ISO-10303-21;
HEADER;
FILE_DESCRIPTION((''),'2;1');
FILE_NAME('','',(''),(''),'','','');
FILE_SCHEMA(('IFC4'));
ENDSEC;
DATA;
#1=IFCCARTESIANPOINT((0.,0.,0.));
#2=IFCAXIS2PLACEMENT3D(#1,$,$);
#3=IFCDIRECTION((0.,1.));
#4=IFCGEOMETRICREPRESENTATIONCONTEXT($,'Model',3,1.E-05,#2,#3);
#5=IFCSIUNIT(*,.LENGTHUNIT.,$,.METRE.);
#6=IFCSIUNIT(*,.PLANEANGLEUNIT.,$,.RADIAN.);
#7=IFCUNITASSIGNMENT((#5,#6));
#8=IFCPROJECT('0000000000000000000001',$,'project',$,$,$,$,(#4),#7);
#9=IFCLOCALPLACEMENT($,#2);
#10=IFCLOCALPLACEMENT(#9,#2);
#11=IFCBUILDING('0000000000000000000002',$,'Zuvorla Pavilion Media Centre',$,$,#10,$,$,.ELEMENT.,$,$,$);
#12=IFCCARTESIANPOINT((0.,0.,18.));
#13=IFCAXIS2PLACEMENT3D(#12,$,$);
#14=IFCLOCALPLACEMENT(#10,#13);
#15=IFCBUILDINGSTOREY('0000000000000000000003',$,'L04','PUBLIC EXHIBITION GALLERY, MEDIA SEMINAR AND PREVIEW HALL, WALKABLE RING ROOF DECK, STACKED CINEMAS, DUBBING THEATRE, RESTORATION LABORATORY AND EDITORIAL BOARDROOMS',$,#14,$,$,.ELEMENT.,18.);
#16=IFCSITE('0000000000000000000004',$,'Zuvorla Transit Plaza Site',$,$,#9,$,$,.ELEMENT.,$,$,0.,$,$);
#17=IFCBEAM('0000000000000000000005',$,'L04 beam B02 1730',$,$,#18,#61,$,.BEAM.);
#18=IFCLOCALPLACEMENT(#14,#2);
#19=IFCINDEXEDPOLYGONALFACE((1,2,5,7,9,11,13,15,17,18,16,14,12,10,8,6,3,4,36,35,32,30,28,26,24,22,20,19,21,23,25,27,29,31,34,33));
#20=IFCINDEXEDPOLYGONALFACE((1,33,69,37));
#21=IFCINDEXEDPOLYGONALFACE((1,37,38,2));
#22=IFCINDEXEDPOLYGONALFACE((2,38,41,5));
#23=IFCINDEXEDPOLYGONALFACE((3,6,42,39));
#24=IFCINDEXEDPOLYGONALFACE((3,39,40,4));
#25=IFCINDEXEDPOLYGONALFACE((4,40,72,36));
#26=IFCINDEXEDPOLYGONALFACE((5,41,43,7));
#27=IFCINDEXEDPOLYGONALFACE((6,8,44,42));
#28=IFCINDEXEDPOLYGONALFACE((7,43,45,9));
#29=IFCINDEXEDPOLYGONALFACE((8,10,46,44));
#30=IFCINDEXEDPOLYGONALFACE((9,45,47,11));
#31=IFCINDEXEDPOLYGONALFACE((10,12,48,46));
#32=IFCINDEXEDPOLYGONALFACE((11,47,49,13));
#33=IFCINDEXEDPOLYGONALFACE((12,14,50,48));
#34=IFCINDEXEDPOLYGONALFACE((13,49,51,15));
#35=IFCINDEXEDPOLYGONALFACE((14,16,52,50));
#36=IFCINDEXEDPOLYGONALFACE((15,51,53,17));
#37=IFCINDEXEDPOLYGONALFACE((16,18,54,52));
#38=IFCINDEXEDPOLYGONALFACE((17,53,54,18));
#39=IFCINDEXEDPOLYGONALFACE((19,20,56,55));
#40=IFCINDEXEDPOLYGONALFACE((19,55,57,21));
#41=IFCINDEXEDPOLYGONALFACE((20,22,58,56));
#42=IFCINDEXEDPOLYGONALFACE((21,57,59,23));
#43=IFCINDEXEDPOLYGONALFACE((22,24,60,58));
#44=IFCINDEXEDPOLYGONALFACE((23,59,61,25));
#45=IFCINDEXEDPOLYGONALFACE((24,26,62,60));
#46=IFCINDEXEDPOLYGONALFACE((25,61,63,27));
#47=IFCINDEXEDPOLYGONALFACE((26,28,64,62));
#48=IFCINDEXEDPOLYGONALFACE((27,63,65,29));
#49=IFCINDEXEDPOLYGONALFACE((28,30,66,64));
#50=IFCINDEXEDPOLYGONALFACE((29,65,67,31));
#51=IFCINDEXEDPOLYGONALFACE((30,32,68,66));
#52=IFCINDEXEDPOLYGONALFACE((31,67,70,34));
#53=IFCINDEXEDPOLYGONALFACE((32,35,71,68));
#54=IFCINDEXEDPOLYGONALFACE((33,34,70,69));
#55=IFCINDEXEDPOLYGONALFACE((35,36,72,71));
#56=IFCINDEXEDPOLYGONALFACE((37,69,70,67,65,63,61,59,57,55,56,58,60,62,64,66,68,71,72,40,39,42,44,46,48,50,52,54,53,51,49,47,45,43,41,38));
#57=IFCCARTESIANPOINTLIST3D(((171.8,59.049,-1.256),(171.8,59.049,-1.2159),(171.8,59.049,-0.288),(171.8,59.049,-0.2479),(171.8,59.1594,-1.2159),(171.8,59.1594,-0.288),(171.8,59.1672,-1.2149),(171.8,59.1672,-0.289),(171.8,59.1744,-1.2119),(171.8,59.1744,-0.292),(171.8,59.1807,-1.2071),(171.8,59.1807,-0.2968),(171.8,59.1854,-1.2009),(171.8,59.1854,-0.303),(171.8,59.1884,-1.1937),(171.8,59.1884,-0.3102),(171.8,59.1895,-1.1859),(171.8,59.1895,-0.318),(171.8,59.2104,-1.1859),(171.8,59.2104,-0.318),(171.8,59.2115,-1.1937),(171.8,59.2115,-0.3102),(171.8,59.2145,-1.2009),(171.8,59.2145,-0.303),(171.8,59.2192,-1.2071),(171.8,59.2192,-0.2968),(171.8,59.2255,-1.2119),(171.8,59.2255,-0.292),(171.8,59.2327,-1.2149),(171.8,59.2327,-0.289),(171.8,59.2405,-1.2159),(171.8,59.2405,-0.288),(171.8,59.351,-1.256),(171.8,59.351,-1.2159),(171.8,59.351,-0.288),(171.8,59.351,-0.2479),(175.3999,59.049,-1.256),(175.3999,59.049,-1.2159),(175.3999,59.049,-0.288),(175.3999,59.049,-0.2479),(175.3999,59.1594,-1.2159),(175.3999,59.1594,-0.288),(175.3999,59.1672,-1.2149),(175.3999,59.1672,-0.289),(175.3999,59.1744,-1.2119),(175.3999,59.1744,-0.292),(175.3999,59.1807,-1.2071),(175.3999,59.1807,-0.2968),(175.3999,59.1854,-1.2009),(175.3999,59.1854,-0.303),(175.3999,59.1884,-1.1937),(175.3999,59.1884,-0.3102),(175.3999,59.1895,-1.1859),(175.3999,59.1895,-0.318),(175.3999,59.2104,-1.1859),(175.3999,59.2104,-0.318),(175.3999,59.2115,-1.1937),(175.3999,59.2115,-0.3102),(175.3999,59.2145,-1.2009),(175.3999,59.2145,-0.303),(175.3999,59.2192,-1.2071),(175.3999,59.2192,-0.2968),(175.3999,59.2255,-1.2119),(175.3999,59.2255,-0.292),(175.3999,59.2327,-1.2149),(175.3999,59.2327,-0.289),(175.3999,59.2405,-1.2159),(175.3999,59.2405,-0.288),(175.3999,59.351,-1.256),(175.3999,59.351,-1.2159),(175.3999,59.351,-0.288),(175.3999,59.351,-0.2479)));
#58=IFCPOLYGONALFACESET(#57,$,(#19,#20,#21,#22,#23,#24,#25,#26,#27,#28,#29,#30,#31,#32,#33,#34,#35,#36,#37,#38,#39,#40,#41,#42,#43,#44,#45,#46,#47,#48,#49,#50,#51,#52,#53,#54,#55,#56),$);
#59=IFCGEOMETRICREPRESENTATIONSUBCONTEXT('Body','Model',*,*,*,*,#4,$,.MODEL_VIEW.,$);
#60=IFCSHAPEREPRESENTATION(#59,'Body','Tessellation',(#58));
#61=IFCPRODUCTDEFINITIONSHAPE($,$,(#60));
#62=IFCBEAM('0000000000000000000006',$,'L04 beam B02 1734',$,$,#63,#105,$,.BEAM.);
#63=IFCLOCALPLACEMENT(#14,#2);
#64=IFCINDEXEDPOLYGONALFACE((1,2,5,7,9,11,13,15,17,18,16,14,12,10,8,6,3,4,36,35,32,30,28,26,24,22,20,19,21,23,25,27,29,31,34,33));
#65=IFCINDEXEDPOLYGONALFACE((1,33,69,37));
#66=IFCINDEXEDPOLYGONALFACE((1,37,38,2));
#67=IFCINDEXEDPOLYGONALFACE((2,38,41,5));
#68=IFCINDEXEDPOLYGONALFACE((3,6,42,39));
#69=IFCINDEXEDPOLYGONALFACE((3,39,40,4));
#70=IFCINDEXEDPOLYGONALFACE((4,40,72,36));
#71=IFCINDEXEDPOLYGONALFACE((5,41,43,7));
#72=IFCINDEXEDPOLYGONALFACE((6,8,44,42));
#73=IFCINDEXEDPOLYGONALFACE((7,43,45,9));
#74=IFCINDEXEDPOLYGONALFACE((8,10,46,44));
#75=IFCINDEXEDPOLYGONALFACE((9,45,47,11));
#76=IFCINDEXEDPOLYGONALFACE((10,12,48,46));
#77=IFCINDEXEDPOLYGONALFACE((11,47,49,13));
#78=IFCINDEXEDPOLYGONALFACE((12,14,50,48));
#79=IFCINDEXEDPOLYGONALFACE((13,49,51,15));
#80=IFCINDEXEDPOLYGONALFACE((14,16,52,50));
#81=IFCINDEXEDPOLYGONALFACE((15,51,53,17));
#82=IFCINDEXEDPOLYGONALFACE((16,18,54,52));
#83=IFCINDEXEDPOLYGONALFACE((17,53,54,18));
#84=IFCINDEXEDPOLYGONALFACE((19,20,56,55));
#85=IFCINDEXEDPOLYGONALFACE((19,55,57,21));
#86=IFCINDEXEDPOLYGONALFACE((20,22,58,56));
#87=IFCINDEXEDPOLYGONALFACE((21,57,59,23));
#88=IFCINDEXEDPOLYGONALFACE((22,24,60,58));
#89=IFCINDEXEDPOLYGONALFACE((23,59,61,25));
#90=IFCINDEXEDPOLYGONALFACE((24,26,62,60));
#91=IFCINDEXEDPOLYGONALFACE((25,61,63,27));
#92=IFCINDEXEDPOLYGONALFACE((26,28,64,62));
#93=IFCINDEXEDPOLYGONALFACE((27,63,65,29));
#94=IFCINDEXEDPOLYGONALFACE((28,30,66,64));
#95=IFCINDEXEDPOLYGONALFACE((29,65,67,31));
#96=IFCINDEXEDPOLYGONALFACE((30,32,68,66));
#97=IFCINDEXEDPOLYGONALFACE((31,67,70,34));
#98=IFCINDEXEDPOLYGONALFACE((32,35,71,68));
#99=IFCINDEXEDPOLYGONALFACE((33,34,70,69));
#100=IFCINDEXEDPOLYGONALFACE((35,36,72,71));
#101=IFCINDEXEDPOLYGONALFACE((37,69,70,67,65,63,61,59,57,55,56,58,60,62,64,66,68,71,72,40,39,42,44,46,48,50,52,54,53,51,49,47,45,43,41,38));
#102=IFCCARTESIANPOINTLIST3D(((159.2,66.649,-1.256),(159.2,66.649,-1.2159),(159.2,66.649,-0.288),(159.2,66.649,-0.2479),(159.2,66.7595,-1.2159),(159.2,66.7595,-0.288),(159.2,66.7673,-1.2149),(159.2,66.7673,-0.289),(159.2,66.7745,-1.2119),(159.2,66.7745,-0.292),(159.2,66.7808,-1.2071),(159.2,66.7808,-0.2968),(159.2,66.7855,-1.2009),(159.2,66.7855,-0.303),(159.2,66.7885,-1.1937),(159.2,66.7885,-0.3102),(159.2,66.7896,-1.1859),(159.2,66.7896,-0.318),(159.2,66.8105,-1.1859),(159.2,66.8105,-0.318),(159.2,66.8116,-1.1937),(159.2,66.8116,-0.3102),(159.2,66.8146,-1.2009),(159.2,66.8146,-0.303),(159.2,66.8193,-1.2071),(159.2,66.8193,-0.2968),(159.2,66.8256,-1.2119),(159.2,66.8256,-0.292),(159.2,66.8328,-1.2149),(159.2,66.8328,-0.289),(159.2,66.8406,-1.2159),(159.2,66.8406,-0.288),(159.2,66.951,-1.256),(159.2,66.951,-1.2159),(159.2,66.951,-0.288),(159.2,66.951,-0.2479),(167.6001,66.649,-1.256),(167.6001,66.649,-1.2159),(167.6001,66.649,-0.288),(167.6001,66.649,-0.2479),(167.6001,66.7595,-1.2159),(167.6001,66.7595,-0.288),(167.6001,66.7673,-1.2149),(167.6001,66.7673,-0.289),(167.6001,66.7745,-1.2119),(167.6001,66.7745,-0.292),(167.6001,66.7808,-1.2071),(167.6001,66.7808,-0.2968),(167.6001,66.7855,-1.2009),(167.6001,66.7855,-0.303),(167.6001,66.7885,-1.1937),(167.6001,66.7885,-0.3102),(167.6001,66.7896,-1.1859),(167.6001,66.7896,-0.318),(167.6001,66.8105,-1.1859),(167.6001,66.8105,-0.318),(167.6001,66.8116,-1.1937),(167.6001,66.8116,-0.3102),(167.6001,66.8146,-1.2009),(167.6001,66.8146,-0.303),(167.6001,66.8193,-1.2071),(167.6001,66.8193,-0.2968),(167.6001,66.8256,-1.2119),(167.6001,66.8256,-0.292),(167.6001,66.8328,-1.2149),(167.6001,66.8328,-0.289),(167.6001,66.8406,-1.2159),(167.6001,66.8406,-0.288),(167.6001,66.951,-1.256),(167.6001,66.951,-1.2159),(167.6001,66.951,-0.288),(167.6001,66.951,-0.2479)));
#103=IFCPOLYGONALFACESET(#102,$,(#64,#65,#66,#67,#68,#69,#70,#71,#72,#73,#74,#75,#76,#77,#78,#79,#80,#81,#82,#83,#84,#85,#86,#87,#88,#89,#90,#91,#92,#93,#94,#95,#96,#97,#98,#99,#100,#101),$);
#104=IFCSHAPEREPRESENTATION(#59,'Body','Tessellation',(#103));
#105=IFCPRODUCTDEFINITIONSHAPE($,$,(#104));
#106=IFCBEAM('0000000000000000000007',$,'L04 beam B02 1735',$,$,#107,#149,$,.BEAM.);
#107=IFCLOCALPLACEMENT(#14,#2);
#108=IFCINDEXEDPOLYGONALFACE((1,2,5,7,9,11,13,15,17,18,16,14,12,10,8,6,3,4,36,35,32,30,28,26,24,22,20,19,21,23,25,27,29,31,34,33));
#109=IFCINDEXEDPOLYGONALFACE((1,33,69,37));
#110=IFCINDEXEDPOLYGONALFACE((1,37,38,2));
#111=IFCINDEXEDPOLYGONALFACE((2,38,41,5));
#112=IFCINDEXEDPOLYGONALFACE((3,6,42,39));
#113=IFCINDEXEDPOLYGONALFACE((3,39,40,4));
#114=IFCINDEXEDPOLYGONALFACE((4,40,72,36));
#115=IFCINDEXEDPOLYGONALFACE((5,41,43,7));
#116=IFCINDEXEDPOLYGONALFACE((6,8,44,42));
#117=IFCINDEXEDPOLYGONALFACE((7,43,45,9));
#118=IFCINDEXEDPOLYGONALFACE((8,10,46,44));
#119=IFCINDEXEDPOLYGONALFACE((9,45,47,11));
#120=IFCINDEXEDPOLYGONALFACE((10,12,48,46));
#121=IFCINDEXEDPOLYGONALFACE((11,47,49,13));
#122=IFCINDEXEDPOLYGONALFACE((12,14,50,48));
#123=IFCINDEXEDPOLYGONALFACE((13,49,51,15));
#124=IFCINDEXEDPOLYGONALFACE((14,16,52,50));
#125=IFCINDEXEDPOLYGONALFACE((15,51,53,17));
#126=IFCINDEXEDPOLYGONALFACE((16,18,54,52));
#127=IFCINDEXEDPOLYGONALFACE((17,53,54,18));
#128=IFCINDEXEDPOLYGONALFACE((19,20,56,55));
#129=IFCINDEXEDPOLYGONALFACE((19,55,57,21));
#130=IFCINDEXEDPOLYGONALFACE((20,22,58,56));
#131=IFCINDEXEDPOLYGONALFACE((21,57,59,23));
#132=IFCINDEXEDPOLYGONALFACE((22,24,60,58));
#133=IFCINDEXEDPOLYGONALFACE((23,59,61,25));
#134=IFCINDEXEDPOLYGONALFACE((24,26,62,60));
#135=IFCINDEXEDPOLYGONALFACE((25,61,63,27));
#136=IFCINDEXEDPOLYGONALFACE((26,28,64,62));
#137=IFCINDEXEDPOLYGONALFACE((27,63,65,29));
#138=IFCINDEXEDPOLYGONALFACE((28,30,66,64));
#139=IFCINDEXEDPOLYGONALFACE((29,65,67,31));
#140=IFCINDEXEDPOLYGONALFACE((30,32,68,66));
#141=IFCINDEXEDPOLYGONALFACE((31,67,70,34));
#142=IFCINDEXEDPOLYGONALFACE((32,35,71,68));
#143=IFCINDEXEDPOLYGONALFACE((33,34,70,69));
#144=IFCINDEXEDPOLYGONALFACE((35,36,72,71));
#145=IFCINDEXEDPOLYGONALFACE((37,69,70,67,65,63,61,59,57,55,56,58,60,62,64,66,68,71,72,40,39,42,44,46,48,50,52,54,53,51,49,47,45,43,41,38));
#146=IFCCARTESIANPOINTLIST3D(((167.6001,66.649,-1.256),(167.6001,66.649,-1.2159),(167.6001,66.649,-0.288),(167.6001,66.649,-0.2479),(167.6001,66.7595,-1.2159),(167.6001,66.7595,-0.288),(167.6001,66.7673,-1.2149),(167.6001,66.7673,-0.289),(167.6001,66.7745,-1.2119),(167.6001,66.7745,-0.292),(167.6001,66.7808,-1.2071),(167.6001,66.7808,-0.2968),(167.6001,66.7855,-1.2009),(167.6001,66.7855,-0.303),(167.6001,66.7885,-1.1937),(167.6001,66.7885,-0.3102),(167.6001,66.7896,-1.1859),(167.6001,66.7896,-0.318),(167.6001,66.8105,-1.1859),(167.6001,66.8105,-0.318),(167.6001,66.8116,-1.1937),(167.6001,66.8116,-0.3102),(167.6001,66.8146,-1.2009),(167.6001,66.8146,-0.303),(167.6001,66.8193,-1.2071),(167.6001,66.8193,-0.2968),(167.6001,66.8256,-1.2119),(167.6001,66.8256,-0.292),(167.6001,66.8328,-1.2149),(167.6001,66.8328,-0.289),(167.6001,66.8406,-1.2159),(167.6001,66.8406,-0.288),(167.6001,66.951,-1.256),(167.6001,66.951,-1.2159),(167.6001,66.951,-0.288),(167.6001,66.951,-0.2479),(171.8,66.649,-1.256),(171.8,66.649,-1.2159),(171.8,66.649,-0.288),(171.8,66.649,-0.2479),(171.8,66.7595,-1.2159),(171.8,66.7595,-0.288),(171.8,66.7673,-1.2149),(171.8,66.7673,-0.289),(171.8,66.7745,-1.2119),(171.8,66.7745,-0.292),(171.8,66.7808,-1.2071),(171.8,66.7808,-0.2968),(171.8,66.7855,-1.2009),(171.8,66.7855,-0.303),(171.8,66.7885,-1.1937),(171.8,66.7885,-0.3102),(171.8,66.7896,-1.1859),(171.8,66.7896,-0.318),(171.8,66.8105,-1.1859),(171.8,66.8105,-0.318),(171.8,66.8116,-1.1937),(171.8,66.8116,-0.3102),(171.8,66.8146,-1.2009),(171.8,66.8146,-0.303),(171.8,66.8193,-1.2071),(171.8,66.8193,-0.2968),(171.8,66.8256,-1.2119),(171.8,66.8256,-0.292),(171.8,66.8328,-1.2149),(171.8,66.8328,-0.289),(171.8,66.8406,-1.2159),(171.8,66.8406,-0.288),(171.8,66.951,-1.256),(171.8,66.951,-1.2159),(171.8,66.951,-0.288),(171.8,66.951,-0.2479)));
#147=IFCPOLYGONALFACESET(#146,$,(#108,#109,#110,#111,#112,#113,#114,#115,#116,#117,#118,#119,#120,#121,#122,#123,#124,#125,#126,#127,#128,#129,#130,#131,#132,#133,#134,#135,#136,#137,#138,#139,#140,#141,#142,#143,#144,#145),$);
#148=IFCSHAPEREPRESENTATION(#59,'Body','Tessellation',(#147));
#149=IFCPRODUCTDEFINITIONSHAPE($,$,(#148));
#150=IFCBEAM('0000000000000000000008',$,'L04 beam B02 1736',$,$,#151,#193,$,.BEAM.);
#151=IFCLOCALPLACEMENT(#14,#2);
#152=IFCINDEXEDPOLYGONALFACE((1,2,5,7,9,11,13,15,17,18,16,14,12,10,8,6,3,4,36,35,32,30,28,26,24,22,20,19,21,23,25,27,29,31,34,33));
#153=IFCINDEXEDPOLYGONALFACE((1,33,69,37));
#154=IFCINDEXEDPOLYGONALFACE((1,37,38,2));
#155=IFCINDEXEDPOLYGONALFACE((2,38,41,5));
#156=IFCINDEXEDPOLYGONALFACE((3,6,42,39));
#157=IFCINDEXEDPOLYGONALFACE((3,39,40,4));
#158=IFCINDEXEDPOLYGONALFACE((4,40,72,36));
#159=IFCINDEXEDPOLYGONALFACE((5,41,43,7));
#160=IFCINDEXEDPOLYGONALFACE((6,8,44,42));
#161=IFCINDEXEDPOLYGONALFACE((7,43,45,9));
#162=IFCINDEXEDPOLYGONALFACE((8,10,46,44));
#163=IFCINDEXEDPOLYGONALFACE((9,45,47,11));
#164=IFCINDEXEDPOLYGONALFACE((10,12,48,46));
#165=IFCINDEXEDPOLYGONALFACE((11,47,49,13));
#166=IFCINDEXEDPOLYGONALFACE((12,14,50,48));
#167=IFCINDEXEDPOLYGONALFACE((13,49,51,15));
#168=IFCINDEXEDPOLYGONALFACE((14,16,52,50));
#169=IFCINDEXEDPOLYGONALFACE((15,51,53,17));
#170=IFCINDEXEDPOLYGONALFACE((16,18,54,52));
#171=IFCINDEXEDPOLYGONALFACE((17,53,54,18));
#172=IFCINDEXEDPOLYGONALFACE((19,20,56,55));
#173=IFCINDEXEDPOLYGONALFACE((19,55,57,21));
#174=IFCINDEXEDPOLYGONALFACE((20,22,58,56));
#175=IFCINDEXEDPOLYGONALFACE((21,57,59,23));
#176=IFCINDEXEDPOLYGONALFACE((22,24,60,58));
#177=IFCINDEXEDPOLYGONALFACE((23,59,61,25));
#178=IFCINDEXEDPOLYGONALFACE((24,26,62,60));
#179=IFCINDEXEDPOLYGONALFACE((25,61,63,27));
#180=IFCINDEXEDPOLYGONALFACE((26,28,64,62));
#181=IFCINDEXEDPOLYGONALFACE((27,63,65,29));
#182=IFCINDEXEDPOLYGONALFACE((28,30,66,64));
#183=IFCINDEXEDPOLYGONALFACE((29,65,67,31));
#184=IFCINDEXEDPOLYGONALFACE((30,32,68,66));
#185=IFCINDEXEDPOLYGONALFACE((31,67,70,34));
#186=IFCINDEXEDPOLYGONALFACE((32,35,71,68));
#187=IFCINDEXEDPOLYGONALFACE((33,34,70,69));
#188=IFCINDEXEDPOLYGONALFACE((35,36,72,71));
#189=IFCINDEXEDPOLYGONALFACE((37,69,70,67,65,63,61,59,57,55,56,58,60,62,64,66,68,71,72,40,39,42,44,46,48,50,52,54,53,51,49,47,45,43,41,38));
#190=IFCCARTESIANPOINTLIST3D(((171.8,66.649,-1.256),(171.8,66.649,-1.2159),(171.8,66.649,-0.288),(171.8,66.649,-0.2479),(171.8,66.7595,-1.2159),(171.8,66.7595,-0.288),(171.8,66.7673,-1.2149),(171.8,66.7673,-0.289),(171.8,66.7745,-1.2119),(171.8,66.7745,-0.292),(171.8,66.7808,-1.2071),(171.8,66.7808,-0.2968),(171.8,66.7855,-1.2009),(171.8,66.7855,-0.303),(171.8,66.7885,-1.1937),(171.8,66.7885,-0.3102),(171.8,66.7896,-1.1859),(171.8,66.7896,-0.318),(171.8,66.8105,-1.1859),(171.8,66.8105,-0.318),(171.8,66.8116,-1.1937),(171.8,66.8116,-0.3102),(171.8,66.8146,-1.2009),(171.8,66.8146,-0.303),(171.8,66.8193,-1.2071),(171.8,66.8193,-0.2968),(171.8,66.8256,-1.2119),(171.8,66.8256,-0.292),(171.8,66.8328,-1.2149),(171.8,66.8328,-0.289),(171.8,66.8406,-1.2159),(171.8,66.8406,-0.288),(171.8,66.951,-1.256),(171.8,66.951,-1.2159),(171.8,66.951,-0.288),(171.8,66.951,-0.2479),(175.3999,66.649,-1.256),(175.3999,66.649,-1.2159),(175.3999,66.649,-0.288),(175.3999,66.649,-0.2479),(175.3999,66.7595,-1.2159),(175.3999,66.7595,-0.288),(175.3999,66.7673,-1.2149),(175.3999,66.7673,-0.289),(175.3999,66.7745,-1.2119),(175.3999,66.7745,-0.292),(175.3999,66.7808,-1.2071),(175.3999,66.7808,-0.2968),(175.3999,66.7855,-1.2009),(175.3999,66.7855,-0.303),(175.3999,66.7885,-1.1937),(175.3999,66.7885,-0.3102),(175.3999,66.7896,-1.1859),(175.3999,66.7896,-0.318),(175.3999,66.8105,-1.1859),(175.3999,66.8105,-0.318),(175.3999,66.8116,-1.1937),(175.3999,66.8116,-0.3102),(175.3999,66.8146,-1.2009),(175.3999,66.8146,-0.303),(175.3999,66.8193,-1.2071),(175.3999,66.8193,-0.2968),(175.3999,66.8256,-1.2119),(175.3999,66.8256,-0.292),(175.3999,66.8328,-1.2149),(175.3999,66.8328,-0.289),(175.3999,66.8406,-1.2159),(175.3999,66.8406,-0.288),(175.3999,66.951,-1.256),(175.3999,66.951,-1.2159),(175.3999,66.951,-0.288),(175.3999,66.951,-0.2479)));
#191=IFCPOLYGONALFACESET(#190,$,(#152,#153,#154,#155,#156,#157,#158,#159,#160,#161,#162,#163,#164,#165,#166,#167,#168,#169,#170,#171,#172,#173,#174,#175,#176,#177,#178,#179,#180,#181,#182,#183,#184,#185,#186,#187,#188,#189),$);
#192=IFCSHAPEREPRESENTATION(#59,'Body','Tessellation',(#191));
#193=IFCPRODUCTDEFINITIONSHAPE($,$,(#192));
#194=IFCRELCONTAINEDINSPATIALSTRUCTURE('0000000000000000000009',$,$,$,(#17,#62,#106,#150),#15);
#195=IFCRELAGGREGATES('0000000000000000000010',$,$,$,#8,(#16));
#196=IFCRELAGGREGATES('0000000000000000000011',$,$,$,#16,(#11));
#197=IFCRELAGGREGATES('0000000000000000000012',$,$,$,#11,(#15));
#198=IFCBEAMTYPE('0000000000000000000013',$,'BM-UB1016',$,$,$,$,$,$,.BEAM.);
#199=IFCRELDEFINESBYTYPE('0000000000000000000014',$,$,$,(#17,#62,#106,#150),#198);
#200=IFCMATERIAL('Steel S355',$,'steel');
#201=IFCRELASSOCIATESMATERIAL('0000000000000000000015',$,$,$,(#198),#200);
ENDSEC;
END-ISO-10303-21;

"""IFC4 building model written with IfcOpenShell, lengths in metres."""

from ifc_helpers import new_model, si_unit, direction, frame, origin, origin_2d, place, context, subcontext, project, spatial, i_section, extrude, material, material_profile, profile_set, type_object, element, save


model = new_model("IFC4")

# Units and contexts
model_context = context("Model", 3, precision=1e-05, world=origin(), true_north=direction((0.0, 1.0)))
body_context = subcontext(model_context, "Body", "Model", "MODEL_VIEW")
ifc_project = project(units=[si_unit("LENGTHUNIT", "METRE"), si_unit("PLANEANGLEUNIT", "RADIAN")], contexts=[model_context])

# Site, building, storey
site_placement = place(None, origin())
site = spatial("IfcSite", under=ifc_project, at=site_placement, Name="Zuvorla Transit Plaza Site", CompositionType="ELEMENT", RefElevation=0.0)
building_placement = place(site_placement, origin())
building = spatial("IfcBuilding", under=site, at=building_placement, Name="Zuvorla Pavilion Media Centre", CompositionType="ELEMENT")
storey_placement = place(building_placement, frame((0.0, 0.0, 18.0)))
storey = spatial("IfcBuildingStorey", under=building, at=storey_placement, Name="L04", Description="PUBLIC EXHIBITION GALLERY, MEDIA SEMINAR AND PREVIEW HALL, WALKABLE RING ROOF DECK, STACKED CINEMAS, DUBBING THEATRE, RESTORATION LABORATORY AND EDITORIAL BOARDROOMS", CompositionType="ELEMENT", Elevation=18.0)

# Beams
ifc_material = material(Name="Steel S355", Category="steel")
ifc_material_profile_1 = material_profile(ifc_material, i_section(OverallWidth=0.302, OverallDepth=1.0081, WebThickness=0.021, FlangeThickness=0.04, FilletRadius=0.03, at=origin_2d()), Name="UB 1016x305x349")
ifc_profile_set_1 = profile_set([ifc_material_profile_1], Name="Steel S355")
beam_type_1 = type_object("IfcBeamType", Name="BM-UB1016", PredefinedType="BEAM", material=ifc_profile_set_1)
beam_1_placement = place(storey_placement, frame((171.8, 59.2, -0.752), z_axis=(1.0, 0.0, 0.0), x_axis=(0.0, 1.0, 0.0)))
element("IfcBeam", 1, at=beam_1_placement, inside=storey, type_object=beam_type_1, Name="L04 beam B02 1730", PredefinedType="BEAM", context=body_context, shape_type="SweptSolid", body=[
    extrude(i_section(OverallWidth=0.302, OverallDepth=1.0081, WebThickness=0.021, FlangeThickness=0.04, FilletRadius=0.03, at=origin_2d()), origin(), (0.0, 0.0, 1.0), 3.5999),
])
beam_2_placement = place(storey_placement, frame((159.2, 66.8, -0.752), z_axis=(1.0, 0.0, 0.0), x_axis=(0.0, 1.0, 0.0)))
element("IfcBeam", 2, at=beam_2_placement, inside=storey, type_object=beam_type_1, Name="L04 beam B02 1734", PredefinedType="BEAM", context=body_context, shape_type="SweptSolid", body=[
    extrude(i_section(OverallWidth=0.302, OverallDepth=1.0081, WebThickness=0.021, FlangeThickness=0.04, FilletRadius=0.03, at=origin_2d()), origin(), (0.0, 0.0, 1.0), 8.4001),
])
beam_3_placement = place(storey_placement, frame((167.6001, 66.8, -0.752), z_axis=(1.0, 0.0, 0.0), x_axis=(0.0, 1.0, 0.0)))
element("IfcBeam", 3, at=beam_3_placement, inside=storey, type_object=beam_type_1, Name="L04 beam B02 1735", PredefinedType="BEAM", context=body_context, shape_type="SweptSolid", body=[
    extrude(i_section(OverallWidth=0.302, OverallDepth=1.0081, WebThickness=0.021, FlangeThickness=0.04, FilletRadius=0.03, at=origin_2d()), origin(), (0.0, 0.0, 1.0), 4.2),
])
beam_4_placement = place(storey_placement, frame((171.8, 66.8, -0.752), z_axis=(1.0, 0.0, 0.0), x_axis=(0.0, 1.0, 0.0)))
element("IfcBeam", 4, at=beam_4_placement, inside=storey, type_object=beam_type_1, Name="L04 beam B02 1736", PredefinedType="BEAM", context=body_context, shape_type="SweptSolid", body=[
    extrude(i_section(OverallWidth=0.302, OverallDepth=1.0081, WebThickness=0.021, FlangeThickness=0.04, FilletRadius=0.03, at=origin_2d()), origin(), (0.0, 0.0, 1.0), 3.5999),
])

save(model, "model.ifc")
